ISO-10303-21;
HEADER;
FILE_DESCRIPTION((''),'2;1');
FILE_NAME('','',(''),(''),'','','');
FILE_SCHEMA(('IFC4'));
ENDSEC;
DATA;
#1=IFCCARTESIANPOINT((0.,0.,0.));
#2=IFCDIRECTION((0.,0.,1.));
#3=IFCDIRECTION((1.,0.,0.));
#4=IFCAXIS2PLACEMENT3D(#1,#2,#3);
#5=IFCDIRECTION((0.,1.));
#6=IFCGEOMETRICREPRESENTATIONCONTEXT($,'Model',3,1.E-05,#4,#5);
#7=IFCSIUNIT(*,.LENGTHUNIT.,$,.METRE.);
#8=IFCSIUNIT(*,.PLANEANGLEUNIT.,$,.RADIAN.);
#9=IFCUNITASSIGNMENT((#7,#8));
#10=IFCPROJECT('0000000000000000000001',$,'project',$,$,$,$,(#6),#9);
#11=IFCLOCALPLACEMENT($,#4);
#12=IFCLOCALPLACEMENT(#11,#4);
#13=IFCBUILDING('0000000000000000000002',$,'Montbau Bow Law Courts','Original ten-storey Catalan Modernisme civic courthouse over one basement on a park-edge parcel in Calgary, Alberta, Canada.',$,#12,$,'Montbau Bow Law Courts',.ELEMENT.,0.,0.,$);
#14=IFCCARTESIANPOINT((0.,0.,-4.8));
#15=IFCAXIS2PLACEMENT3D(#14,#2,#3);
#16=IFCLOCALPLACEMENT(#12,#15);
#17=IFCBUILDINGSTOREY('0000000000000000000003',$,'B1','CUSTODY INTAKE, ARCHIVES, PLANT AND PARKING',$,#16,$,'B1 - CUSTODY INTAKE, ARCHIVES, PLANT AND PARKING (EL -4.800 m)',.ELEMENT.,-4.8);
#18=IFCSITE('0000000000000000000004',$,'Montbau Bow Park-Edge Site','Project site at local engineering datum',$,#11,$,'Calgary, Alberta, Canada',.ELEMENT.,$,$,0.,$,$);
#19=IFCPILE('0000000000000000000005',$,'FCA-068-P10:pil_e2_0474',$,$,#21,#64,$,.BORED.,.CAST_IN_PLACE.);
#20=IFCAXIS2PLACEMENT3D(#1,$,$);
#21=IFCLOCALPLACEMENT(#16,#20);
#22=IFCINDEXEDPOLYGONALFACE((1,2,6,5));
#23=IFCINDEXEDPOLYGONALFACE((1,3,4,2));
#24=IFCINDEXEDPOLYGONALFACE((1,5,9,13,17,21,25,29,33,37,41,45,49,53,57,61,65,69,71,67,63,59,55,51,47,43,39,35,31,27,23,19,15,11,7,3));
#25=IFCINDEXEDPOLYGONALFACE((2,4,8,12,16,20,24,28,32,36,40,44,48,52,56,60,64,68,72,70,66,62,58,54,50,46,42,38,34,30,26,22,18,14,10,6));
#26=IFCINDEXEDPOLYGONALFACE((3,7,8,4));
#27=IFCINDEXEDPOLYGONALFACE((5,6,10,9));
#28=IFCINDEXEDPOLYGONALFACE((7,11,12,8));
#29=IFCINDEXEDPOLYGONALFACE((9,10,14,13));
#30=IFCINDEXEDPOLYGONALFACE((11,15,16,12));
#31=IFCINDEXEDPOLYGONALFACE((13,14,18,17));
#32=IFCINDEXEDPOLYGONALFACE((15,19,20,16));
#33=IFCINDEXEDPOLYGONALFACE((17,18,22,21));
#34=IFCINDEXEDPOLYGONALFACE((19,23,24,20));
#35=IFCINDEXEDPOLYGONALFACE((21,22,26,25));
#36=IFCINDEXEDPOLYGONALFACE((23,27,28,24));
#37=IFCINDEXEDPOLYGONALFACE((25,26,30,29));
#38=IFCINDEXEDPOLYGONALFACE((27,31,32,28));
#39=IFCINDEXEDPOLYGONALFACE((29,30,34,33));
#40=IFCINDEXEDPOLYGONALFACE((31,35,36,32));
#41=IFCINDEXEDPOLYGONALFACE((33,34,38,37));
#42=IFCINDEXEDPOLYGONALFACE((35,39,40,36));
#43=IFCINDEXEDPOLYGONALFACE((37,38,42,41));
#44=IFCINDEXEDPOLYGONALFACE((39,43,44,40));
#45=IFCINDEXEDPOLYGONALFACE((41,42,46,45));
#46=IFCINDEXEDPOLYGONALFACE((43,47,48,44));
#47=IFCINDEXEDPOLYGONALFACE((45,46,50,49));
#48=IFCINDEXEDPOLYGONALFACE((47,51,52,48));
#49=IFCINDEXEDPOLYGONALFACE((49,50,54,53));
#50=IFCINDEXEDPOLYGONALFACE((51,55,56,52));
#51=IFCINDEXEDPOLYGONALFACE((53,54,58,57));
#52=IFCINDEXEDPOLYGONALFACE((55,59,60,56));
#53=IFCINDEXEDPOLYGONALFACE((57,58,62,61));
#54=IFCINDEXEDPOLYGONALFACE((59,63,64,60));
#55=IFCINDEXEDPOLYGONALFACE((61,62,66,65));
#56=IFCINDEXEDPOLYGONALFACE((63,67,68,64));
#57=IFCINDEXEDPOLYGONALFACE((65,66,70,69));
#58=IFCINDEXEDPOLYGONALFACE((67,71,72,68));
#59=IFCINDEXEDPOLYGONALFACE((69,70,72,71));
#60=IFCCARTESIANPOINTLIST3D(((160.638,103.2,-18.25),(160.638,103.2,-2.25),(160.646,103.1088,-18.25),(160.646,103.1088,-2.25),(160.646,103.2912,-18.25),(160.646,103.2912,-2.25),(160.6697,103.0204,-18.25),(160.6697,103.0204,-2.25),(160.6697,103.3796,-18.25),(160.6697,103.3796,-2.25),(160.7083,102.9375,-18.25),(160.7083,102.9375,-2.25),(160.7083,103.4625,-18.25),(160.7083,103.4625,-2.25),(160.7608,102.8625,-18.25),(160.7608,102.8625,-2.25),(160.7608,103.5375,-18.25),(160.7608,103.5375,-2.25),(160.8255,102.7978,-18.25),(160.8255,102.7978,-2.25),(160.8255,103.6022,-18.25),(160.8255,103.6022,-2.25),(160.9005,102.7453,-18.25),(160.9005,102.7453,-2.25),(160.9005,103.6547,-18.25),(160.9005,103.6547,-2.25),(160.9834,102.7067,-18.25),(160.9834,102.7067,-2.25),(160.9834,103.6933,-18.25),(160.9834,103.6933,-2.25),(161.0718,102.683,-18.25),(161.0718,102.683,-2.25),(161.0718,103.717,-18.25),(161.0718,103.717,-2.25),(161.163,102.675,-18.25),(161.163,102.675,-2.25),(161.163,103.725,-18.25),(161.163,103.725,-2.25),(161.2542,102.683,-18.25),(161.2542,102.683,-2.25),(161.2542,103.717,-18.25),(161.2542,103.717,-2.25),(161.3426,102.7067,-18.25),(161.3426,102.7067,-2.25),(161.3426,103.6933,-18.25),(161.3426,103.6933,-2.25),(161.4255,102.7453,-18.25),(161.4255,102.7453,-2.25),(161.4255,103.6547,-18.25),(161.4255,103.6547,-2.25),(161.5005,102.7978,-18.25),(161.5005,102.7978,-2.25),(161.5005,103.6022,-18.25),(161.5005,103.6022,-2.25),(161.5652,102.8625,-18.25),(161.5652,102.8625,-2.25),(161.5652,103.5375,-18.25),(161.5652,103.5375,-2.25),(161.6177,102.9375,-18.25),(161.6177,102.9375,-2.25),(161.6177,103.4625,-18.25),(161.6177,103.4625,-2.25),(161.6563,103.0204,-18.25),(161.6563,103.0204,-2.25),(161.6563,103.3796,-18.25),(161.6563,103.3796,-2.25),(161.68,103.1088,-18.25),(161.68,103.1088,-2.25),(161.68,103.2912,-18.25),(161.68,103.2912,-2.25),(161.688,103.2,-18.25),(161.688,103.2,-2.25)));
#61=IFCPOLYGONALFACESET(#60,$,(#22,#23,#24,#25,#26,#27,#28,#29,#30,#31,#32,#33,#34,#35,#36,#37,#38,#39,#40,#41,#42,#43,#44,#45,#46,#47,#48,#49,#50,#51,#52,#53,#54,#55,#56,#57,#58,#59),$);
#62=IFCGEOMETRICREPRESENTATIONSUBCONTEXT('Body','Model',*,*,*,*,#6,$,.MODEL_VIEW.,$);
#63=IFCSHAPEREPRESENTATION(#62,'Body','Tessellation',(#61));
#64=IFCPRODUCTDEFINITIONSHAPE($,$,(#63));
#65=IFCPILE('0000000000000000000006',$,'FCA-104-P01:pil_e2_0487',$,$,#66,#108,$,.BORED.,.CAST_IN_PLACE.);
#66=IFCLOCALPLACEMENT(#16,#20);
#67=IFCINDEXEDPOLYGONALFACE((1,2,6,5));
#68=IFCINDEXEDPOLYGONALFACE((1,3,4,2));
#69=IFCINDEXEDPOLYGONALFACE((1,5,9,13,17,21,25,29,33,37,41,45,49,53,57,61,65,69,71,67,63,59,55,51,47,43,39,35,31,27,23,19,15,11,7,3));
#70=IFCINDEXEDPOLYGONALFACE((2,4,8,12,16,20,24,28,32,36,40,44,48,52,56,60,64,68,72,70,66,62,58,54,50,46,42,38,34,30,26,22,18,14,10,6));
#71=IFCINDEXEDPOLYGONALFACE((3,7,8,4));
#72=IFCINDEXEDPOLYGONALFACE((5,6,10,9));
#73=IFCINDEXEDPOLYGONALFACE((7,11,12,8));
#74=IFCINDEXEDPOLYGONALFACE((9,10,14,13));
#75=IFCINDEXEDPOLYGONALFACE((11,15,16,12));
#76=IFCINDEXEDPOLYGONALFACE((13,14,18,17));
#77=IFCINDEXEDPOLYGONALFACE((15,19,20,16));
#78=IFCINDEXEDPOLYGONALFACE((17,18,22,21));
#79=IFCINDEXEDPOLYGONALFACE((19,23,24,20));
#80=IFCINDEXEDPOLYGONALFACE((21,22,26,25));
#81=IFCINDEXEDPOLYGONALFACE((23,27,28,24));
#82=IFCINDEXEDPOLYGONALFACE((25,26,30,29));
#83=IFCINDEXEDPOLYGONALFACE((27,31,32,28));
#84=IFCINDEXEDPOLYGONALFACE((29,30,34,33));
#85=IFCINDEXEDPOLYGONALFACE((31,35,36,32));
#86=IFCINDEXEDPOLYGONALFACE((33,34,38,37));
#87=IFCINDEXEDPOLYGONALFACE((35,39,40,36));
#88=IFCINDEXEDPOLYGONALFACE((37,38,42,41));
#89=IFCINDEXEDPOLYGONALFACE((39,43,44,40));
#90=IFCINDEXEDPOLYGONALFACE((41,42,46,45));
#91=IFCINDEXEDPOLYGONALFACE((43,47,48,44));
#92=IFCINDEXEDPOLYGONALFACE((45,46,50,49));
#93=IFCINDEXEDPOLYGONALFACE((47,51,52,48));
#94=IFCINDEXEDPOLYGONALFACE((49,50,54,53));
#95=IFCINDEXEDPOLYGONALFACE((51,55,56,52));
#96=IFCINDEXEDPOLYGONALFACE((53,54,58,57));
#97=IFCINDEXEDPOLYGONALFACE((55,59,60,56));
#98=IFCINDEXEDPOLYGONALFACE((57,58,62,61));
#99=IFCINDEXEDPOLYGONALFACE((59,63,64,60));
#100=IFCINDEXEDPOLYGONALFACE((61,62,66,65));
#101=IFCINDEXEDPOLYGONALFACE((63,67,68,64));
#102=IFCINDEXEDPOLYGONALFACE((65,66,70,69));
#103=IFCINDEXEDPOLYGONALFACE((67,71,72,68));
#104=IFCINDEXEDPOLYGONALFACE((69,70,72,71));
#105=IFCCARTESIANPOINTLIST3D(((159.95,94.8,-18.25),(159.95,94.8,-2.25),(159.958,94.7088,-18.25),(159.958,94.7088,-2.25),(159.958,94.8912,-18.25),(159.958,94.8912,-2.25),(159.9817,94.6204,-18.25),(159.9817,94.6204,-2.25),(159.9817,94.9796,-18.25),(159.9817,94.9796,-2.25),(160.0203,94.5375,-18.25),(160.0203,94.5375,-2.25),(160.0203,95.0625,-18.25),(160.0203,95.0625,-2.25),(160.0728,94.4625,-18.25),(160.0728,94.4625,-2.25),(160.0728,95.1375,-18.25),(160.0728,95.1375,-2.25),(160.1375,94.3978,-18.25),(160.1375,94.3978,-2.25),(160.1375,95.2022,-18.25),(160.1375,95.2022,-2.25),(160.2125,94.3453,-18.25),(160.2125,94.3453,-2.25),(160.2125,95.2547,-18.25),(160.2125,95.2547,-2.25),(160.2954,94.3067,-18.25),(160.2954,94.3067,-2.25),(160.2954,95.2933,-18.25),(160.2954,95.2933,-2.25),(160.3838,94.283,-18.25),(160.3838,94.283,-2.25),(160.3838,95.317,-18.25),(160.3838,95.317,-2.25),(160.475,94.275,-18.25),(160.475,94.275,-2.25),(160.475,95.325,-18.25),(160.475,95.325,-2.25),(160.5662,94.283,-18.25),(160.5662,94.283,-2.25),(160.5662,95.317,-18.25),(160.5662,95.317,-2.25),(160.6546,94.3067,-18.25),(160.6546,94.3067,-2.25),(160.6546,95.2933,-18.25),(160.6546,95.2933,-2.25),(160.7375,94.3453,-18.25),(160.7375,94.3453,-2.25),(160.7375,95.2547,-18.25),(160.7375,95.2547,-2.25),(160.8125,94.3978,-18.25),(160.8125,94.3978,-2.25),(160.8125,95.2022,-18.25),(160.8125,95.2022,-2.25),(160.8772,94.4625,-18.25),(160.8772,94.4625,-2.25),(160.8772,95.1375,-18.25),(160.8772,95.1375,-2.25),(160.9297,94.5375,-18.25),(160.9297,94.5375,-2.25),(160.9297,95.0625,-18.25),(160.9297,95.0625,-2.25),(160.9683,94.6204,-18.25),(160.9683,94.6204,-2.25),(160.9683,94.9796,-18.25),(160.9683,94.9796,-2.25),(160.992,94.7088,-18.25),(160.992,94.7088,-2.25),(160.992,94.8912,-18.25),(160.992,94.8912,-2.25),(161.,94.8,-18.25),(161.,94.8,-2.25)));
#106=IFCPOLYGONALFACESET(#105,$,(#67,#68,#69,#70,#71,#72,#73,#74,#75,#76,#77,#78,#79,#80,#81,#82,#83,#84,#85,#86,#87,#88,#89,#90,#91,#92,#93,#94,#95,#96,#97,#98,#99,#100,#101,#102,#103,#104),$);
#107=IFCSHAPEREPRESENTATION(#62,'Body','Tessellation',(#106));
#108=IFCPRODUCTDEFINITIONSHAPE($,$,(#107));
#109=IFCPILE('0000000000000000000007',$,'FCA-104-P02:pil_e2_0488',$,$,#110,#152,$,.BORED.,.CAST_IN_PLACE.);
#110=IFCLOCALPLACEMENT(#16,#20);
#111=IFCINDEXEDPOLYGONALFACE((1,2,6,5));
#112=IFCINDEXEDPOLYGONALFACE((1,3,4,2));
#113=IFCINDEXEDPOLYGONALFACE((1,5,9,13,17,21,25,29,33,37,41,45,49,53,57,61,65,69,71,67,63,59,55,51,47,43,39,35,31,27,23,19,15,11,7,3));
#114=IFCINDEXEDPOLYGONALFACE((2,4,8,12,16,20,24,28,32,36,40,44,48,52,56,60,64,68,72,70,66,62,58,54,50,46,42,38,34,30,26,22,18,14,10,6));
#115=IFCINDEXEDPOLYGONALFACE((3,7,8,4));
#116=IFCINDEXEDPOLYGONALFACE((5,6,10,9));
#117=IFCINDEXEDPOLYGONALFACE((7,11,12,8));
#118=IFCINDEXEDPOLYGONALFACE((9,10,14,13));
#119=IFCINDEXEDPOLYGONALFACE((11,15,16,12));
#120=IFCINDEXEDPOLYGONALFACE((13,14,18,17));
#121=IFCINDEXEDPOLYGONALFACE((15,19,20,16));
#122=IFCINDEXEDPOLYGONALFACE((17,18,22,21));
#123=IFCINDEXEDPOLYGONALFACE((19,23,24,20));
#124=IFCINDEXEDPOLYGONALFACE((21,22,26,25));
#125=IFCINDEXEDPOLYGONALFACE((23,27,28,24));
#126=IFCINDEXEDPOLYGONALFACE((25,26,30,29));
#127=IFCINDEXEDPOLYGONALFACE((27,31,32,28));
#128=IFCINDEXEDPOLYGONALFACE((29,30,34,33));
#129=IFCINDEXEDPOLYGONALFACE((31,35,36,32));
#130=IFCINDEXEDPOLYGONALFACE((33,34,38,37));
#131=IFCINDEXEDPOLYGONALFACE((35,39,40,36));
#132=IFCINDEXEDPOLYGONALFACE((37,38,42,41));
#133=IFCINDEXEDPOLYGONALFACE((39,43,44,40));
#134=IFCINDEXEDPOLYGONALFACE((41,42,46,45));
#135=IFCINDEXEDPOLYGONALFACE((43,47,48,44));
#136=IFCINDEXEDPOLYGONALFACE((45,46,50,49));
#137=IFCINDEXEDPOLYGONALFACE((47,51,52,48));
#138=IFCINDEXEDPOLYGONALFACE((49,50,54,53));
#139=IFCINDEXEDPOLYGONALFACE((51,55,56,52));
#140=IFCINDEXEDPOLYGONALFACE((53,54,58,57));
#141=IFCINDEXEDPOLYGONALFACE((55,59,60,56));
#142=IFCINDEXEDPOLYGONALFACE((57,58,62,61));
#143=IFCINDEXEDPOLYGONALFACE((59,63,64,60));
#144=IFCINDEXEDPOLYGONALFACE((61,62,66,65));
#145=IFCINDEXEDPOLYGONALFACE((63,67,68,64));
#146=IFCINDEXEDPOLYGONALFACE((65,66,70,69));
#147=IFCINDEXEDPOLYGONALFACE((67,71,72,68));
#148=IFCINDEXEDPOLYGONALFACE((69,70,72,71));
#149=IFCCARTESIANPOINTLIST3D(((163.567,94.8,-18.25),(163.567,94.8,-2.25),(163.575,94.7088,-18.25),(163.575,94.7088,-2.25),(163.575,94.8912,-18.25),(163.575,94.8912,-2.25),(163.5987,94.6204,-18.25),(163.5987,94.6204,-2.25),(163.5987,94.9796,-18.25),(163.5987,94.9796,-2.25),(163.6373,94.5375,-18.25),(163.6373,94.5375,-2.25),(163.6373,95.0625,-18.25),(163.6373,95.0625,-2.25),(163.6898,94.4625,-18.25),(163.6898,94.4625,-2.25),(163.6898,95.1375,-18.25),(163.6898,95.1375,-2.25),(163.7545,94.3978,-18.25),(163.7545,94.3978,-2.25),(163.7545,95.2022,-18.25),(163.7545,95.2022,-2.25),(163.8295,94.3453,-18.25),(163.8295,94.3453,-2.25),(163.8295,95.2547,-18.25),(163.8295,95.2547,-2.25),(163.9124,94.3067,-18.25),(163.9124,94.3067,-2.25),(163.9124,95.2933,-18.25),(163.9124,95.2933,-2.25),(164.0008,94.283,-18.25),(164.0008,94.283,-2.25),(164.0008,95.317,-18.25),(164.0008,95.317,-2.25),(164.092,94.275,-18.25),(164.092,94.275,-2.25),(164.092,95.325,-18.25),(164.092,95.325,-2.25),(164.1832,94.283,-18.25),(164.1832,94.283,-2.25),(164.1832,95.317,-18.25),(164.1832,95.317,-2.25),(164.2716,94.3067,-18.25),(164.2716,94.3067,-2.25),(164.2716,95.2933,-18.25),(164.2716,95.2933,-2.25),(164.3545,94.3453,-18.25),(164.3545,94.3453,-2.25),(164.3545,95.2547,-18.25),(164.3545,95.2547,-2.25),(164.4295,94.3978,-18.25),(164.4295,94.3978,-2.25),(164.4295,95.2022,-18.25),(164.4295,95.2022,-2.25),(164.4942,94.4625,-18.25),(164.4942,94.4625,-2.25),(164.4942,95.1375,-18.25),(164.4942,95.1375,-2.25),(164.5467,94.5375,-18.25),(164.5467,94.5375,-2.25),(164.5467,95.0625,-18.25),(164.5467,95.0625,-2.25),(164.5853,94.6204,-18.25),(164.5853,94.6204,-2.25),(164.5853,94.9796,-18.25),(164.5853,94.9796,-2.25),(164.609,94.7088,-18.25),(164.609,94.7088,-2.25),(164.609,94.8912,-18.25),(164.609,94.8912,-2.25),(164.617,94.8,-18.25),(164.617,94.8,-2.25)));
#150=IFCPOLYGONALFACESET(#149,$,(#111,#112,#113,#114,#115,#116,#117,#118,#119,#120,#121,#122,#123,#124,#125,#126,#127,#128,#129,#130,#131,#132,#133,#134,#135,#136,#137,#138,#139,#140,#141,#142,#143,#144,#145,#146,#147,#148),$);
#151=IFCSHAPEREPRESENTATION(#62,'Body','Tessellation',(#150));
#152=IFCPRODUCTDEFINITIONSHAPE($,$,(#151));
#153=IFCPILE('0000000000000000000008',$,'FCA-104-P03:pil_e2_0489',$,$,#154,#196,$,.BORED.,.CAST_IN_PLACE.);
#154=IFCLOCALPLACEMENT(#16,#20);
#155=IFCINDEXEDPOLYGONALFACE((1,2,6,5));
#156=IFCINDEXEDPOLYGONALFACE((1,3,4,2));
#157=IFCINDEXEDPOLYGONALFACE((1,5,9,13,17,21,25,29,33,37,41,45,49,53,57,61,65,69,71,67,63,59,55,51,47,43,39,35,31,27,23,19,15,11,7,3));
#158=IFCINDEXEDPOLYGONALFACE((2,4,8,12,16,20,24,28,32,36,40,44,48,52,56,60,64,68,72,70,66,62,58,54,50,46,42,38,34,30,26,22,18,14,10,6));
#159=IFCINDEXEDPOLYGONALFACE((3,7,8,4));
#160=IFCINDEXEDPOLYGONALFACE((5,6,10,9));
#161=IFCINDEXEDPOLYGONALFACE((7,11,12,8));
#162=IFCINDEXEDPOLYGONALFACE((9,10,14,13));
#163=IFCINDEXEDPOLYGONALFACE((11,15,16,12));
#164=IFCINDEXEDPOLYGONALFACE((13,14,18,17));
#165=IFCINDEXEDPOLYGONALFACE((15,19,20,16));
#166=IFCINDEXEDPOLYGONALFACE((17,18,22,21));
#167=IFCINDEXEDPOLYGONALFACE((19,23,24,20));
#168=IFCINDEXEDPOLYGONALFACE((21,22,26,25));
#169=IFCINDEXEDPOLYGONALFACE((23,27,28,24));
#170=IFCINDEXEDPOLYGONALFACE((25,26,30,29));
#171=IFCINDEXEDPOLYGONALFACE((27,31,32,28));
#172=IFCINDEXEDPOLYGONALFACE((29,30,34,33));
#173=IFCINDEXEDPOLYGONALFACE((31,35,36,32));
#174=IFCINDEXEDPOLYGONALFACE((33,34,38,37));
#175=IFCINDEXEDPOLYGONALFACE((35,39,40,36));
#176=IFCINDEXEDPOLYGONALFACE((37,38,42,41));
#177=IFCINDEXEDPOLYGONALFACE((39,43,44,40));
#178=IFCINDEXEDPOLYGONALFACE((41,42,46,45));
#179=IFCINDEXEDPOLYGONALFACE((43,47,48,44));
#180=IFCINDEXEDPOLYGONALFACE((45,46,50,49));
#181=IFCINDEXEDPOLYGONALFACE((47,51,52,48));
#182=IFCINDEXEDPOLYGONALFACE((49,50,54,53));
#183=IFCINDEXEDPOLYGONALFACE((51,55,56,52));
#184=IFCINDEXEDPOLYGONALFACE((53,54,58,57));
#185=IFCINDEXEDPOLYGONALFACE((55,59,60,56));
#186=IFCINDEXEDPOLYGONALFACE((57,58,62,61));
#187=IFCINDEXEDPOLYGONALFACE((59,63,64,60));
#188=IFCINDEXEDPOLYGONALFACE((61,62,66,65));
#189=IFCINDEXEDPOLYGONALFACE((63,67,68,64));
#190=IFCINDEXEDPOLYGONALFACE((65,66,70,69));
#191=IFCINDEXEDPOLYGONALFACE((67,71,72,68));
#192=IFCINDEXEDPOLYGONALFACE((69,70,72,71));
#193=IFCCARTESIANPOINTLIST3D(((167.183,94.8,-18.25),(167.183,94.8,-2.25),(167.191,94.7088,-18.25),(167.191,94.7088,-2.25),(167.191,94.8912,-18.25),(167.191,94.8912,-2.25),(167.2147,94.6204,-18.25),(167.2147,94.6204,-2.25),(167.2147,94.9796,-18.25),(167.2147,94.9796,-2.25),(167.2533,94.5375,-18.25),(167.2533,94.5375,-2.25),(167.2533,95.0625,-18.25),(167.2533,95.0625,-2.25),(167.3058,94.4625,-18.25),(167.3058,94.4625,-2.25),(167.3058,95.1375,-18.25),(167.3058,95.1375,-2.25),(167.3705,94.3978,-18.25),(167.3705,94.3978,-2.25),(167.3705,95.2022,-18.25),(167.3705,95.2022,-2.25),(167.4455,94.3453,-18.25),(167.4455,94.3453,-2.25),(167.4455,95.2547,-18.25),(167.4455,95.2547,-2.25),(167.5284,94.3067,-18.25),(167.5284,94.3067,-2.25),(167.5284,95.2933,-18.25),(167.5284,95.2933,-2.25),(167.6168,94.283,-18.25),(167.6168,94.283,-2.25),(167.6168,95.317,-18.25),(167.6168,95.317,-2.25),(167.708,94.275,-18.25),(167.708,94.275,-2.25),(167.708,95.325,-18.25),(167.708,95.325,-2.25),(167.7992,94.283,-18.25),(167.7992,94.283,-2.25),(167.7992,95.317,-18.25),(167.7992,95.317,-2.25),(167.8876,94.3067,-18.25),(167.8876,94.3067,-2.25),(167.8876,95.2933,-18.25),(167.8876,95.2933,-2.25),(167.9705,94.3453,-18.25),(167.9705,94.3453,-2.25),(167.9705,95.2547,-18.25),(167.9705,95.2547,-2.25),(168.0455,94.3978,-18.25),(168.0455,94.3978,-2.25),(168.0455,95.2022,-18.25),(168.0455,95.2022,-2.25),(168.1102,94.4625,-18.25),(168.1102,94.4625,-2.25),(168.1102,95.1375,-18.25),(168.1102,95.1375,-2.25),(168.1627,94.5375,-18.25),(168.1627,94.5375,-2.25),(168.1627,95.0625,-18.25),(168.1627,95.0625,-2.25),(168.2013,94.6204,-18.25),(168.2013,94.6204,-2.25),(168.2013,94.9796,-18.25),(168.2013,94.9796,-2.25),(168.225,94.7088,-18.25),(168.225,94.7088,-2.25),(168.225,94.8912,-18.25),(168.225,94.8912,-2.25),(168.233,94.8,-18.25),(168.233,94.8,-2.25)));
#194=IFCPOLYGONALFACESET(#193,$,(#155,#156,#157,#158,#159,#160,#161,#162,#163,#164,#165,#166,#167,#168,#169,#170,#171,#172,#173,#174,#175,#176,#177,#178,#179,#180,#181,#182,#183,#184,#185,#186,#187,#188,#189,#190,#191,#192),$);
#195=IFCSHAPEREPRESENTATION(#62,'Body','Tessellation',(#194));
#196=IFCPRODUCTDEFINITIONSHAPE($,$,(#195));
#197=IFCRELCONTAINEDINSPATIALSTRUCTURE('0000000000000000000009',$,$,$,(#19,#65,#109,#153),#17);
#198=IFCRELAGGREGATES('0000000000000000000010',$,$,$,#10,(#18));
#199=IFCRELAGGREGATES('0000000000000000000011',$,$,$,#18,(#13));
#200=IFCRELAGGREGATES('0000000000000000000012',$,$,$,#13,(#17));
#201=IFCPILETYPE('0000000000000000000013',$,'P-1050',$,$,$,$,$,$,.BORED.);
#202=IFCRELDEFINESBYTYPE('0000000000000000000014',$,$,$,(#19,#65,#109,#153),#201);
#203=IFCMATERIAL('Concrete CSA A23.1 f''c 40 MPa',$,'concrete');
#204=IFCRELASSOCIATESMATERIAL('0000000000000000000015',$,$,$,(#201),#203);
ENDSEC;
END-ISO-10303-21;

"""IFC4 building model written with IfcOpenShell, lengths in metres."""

from ifc_helpers import new_model, si_unit, direction, frame, origin_with_axes, origin_2d_with_axis, place, context, subcontext, project, spatial, circle, extrude, material, material_profile, profile_set, type_object, element, save


model = new_model("IFC4")

# Units and contexts
model_context = context("Model", 3, precision=1e-05, world=origin_with_axes(), true_north=direction((0.0, 1.0)))
body_context = subcontext(model_context, "Body", "Model", "MODEL_VIEW")
ifc_project = project(units=[si_unit("LENGTHUNIT", "METRE"), si_unit("PLANEANGLEUNIT", "RADIAN")], contexts=[model_context])

# Site, building, storey
site_placement = place(None, origin_with_axes())
site = spatial("IfcSite", under=ifc_project, at=site_placement, Name="Montbau Bow Park-Edge Site", Description="Project site at local engineering datum", LongName="Calgary, Alberta, Canada", CompositionType="ELEMENT", RefElevation=0.0)
building_placement = place(site_placement, origin_with_axes())
building = spatial("IfcBuilding", under=site, at=building_placement, Name="Montbau Bow Law Courts", Description="Original ten-storey Catalan Modernisme civic courthouse over one basement on a park-edge parcel in Calgary, Alberta, Canada.", LongName="Montbau Bow Law Courts", CompositionType="ELEMENT", ElevationOfRefHeight=0.0, ElevationOfTerrain=0.0)
storey_placement = place(building_placement, frame((0.0, 0.0, -4.8), z_axis=(0.0, 0.0, 1.0), x_axis=(1.0, 0.0, 0.0)))
storey = spatial("IfcBuildingStorey", under=building, at=storey_placement, Name="B1", Description="CUSTODY INTAKE, ARCHIVES, PLANT AND PARKING", LongName="B1 - CUSTODY INTAKE, ARCHIVES, PLANT AND PARKING (EL -4.800 m)", CompositionType="ELEMENT", Elevation=-4.8)

# Piles
ifc_material_1 = material(Name="Concrete CSA A23.1 f'c 40 MPa", Category="concrete")
ifc_material_profile_1 = material_profile(ifc_material_1, circle(Radius=0.525, at=origin_2d_with_axis()), Name="BP1050", Category="Main", Priority=0)
ifc_profile_set_1 = profile_set([ifc_material_profile_1], Name="Concrete CSA A23.1 f'c 40 MPa")
pile_type_1 = type_object("IfcPileType", Name="P-1050", PredefinedType="BORED", material=ifc_profile_set_1)
for number, where, z_axis, x_axis, name in (
    (1, (161.163, 103.2, -23.05), (0.0, 0.0, 1.0), (1.0, 0.0, 0.0), "FCA-068-P10:pil_e2_0474"),
    (2, (160.475, 94.8, -23.05), (0.0, 0.0, 1.0), (1.0, 0.0, 0.0), "FCA-104-P01:pil_e2_0487"),
    (3, (164.092, 94.8, -23.05), (0.0, 0.0, 1.0), (1.0, 0.0, 0.0), "FCA-104-P02:pil_e2_0488"),
    (4, (167.708, 94.8, -23.05), (0.0, 0.0, 1.0), (1.0, 0.0, 0.0), "FCA-104-P03:pil_e2_0489"),
):
    element("IfcPile", number, at=place(None, frame(where, z_axis=z_axis, x_axis=x_axis)), inside=storey, type_object=pile_type_1, Name=name, ConstructionType="CAST_IN_PLACE", PredefinedType="BORED", context=body_context, shape_type="SweptSolid", body=[
        extrude(circle(Radius=0.525, at=origin_2d_with_axis()), origin_with_axes(), (0.0, 0.0, 1.0), 16.0),
    ])

save(model, "model.ifc")
